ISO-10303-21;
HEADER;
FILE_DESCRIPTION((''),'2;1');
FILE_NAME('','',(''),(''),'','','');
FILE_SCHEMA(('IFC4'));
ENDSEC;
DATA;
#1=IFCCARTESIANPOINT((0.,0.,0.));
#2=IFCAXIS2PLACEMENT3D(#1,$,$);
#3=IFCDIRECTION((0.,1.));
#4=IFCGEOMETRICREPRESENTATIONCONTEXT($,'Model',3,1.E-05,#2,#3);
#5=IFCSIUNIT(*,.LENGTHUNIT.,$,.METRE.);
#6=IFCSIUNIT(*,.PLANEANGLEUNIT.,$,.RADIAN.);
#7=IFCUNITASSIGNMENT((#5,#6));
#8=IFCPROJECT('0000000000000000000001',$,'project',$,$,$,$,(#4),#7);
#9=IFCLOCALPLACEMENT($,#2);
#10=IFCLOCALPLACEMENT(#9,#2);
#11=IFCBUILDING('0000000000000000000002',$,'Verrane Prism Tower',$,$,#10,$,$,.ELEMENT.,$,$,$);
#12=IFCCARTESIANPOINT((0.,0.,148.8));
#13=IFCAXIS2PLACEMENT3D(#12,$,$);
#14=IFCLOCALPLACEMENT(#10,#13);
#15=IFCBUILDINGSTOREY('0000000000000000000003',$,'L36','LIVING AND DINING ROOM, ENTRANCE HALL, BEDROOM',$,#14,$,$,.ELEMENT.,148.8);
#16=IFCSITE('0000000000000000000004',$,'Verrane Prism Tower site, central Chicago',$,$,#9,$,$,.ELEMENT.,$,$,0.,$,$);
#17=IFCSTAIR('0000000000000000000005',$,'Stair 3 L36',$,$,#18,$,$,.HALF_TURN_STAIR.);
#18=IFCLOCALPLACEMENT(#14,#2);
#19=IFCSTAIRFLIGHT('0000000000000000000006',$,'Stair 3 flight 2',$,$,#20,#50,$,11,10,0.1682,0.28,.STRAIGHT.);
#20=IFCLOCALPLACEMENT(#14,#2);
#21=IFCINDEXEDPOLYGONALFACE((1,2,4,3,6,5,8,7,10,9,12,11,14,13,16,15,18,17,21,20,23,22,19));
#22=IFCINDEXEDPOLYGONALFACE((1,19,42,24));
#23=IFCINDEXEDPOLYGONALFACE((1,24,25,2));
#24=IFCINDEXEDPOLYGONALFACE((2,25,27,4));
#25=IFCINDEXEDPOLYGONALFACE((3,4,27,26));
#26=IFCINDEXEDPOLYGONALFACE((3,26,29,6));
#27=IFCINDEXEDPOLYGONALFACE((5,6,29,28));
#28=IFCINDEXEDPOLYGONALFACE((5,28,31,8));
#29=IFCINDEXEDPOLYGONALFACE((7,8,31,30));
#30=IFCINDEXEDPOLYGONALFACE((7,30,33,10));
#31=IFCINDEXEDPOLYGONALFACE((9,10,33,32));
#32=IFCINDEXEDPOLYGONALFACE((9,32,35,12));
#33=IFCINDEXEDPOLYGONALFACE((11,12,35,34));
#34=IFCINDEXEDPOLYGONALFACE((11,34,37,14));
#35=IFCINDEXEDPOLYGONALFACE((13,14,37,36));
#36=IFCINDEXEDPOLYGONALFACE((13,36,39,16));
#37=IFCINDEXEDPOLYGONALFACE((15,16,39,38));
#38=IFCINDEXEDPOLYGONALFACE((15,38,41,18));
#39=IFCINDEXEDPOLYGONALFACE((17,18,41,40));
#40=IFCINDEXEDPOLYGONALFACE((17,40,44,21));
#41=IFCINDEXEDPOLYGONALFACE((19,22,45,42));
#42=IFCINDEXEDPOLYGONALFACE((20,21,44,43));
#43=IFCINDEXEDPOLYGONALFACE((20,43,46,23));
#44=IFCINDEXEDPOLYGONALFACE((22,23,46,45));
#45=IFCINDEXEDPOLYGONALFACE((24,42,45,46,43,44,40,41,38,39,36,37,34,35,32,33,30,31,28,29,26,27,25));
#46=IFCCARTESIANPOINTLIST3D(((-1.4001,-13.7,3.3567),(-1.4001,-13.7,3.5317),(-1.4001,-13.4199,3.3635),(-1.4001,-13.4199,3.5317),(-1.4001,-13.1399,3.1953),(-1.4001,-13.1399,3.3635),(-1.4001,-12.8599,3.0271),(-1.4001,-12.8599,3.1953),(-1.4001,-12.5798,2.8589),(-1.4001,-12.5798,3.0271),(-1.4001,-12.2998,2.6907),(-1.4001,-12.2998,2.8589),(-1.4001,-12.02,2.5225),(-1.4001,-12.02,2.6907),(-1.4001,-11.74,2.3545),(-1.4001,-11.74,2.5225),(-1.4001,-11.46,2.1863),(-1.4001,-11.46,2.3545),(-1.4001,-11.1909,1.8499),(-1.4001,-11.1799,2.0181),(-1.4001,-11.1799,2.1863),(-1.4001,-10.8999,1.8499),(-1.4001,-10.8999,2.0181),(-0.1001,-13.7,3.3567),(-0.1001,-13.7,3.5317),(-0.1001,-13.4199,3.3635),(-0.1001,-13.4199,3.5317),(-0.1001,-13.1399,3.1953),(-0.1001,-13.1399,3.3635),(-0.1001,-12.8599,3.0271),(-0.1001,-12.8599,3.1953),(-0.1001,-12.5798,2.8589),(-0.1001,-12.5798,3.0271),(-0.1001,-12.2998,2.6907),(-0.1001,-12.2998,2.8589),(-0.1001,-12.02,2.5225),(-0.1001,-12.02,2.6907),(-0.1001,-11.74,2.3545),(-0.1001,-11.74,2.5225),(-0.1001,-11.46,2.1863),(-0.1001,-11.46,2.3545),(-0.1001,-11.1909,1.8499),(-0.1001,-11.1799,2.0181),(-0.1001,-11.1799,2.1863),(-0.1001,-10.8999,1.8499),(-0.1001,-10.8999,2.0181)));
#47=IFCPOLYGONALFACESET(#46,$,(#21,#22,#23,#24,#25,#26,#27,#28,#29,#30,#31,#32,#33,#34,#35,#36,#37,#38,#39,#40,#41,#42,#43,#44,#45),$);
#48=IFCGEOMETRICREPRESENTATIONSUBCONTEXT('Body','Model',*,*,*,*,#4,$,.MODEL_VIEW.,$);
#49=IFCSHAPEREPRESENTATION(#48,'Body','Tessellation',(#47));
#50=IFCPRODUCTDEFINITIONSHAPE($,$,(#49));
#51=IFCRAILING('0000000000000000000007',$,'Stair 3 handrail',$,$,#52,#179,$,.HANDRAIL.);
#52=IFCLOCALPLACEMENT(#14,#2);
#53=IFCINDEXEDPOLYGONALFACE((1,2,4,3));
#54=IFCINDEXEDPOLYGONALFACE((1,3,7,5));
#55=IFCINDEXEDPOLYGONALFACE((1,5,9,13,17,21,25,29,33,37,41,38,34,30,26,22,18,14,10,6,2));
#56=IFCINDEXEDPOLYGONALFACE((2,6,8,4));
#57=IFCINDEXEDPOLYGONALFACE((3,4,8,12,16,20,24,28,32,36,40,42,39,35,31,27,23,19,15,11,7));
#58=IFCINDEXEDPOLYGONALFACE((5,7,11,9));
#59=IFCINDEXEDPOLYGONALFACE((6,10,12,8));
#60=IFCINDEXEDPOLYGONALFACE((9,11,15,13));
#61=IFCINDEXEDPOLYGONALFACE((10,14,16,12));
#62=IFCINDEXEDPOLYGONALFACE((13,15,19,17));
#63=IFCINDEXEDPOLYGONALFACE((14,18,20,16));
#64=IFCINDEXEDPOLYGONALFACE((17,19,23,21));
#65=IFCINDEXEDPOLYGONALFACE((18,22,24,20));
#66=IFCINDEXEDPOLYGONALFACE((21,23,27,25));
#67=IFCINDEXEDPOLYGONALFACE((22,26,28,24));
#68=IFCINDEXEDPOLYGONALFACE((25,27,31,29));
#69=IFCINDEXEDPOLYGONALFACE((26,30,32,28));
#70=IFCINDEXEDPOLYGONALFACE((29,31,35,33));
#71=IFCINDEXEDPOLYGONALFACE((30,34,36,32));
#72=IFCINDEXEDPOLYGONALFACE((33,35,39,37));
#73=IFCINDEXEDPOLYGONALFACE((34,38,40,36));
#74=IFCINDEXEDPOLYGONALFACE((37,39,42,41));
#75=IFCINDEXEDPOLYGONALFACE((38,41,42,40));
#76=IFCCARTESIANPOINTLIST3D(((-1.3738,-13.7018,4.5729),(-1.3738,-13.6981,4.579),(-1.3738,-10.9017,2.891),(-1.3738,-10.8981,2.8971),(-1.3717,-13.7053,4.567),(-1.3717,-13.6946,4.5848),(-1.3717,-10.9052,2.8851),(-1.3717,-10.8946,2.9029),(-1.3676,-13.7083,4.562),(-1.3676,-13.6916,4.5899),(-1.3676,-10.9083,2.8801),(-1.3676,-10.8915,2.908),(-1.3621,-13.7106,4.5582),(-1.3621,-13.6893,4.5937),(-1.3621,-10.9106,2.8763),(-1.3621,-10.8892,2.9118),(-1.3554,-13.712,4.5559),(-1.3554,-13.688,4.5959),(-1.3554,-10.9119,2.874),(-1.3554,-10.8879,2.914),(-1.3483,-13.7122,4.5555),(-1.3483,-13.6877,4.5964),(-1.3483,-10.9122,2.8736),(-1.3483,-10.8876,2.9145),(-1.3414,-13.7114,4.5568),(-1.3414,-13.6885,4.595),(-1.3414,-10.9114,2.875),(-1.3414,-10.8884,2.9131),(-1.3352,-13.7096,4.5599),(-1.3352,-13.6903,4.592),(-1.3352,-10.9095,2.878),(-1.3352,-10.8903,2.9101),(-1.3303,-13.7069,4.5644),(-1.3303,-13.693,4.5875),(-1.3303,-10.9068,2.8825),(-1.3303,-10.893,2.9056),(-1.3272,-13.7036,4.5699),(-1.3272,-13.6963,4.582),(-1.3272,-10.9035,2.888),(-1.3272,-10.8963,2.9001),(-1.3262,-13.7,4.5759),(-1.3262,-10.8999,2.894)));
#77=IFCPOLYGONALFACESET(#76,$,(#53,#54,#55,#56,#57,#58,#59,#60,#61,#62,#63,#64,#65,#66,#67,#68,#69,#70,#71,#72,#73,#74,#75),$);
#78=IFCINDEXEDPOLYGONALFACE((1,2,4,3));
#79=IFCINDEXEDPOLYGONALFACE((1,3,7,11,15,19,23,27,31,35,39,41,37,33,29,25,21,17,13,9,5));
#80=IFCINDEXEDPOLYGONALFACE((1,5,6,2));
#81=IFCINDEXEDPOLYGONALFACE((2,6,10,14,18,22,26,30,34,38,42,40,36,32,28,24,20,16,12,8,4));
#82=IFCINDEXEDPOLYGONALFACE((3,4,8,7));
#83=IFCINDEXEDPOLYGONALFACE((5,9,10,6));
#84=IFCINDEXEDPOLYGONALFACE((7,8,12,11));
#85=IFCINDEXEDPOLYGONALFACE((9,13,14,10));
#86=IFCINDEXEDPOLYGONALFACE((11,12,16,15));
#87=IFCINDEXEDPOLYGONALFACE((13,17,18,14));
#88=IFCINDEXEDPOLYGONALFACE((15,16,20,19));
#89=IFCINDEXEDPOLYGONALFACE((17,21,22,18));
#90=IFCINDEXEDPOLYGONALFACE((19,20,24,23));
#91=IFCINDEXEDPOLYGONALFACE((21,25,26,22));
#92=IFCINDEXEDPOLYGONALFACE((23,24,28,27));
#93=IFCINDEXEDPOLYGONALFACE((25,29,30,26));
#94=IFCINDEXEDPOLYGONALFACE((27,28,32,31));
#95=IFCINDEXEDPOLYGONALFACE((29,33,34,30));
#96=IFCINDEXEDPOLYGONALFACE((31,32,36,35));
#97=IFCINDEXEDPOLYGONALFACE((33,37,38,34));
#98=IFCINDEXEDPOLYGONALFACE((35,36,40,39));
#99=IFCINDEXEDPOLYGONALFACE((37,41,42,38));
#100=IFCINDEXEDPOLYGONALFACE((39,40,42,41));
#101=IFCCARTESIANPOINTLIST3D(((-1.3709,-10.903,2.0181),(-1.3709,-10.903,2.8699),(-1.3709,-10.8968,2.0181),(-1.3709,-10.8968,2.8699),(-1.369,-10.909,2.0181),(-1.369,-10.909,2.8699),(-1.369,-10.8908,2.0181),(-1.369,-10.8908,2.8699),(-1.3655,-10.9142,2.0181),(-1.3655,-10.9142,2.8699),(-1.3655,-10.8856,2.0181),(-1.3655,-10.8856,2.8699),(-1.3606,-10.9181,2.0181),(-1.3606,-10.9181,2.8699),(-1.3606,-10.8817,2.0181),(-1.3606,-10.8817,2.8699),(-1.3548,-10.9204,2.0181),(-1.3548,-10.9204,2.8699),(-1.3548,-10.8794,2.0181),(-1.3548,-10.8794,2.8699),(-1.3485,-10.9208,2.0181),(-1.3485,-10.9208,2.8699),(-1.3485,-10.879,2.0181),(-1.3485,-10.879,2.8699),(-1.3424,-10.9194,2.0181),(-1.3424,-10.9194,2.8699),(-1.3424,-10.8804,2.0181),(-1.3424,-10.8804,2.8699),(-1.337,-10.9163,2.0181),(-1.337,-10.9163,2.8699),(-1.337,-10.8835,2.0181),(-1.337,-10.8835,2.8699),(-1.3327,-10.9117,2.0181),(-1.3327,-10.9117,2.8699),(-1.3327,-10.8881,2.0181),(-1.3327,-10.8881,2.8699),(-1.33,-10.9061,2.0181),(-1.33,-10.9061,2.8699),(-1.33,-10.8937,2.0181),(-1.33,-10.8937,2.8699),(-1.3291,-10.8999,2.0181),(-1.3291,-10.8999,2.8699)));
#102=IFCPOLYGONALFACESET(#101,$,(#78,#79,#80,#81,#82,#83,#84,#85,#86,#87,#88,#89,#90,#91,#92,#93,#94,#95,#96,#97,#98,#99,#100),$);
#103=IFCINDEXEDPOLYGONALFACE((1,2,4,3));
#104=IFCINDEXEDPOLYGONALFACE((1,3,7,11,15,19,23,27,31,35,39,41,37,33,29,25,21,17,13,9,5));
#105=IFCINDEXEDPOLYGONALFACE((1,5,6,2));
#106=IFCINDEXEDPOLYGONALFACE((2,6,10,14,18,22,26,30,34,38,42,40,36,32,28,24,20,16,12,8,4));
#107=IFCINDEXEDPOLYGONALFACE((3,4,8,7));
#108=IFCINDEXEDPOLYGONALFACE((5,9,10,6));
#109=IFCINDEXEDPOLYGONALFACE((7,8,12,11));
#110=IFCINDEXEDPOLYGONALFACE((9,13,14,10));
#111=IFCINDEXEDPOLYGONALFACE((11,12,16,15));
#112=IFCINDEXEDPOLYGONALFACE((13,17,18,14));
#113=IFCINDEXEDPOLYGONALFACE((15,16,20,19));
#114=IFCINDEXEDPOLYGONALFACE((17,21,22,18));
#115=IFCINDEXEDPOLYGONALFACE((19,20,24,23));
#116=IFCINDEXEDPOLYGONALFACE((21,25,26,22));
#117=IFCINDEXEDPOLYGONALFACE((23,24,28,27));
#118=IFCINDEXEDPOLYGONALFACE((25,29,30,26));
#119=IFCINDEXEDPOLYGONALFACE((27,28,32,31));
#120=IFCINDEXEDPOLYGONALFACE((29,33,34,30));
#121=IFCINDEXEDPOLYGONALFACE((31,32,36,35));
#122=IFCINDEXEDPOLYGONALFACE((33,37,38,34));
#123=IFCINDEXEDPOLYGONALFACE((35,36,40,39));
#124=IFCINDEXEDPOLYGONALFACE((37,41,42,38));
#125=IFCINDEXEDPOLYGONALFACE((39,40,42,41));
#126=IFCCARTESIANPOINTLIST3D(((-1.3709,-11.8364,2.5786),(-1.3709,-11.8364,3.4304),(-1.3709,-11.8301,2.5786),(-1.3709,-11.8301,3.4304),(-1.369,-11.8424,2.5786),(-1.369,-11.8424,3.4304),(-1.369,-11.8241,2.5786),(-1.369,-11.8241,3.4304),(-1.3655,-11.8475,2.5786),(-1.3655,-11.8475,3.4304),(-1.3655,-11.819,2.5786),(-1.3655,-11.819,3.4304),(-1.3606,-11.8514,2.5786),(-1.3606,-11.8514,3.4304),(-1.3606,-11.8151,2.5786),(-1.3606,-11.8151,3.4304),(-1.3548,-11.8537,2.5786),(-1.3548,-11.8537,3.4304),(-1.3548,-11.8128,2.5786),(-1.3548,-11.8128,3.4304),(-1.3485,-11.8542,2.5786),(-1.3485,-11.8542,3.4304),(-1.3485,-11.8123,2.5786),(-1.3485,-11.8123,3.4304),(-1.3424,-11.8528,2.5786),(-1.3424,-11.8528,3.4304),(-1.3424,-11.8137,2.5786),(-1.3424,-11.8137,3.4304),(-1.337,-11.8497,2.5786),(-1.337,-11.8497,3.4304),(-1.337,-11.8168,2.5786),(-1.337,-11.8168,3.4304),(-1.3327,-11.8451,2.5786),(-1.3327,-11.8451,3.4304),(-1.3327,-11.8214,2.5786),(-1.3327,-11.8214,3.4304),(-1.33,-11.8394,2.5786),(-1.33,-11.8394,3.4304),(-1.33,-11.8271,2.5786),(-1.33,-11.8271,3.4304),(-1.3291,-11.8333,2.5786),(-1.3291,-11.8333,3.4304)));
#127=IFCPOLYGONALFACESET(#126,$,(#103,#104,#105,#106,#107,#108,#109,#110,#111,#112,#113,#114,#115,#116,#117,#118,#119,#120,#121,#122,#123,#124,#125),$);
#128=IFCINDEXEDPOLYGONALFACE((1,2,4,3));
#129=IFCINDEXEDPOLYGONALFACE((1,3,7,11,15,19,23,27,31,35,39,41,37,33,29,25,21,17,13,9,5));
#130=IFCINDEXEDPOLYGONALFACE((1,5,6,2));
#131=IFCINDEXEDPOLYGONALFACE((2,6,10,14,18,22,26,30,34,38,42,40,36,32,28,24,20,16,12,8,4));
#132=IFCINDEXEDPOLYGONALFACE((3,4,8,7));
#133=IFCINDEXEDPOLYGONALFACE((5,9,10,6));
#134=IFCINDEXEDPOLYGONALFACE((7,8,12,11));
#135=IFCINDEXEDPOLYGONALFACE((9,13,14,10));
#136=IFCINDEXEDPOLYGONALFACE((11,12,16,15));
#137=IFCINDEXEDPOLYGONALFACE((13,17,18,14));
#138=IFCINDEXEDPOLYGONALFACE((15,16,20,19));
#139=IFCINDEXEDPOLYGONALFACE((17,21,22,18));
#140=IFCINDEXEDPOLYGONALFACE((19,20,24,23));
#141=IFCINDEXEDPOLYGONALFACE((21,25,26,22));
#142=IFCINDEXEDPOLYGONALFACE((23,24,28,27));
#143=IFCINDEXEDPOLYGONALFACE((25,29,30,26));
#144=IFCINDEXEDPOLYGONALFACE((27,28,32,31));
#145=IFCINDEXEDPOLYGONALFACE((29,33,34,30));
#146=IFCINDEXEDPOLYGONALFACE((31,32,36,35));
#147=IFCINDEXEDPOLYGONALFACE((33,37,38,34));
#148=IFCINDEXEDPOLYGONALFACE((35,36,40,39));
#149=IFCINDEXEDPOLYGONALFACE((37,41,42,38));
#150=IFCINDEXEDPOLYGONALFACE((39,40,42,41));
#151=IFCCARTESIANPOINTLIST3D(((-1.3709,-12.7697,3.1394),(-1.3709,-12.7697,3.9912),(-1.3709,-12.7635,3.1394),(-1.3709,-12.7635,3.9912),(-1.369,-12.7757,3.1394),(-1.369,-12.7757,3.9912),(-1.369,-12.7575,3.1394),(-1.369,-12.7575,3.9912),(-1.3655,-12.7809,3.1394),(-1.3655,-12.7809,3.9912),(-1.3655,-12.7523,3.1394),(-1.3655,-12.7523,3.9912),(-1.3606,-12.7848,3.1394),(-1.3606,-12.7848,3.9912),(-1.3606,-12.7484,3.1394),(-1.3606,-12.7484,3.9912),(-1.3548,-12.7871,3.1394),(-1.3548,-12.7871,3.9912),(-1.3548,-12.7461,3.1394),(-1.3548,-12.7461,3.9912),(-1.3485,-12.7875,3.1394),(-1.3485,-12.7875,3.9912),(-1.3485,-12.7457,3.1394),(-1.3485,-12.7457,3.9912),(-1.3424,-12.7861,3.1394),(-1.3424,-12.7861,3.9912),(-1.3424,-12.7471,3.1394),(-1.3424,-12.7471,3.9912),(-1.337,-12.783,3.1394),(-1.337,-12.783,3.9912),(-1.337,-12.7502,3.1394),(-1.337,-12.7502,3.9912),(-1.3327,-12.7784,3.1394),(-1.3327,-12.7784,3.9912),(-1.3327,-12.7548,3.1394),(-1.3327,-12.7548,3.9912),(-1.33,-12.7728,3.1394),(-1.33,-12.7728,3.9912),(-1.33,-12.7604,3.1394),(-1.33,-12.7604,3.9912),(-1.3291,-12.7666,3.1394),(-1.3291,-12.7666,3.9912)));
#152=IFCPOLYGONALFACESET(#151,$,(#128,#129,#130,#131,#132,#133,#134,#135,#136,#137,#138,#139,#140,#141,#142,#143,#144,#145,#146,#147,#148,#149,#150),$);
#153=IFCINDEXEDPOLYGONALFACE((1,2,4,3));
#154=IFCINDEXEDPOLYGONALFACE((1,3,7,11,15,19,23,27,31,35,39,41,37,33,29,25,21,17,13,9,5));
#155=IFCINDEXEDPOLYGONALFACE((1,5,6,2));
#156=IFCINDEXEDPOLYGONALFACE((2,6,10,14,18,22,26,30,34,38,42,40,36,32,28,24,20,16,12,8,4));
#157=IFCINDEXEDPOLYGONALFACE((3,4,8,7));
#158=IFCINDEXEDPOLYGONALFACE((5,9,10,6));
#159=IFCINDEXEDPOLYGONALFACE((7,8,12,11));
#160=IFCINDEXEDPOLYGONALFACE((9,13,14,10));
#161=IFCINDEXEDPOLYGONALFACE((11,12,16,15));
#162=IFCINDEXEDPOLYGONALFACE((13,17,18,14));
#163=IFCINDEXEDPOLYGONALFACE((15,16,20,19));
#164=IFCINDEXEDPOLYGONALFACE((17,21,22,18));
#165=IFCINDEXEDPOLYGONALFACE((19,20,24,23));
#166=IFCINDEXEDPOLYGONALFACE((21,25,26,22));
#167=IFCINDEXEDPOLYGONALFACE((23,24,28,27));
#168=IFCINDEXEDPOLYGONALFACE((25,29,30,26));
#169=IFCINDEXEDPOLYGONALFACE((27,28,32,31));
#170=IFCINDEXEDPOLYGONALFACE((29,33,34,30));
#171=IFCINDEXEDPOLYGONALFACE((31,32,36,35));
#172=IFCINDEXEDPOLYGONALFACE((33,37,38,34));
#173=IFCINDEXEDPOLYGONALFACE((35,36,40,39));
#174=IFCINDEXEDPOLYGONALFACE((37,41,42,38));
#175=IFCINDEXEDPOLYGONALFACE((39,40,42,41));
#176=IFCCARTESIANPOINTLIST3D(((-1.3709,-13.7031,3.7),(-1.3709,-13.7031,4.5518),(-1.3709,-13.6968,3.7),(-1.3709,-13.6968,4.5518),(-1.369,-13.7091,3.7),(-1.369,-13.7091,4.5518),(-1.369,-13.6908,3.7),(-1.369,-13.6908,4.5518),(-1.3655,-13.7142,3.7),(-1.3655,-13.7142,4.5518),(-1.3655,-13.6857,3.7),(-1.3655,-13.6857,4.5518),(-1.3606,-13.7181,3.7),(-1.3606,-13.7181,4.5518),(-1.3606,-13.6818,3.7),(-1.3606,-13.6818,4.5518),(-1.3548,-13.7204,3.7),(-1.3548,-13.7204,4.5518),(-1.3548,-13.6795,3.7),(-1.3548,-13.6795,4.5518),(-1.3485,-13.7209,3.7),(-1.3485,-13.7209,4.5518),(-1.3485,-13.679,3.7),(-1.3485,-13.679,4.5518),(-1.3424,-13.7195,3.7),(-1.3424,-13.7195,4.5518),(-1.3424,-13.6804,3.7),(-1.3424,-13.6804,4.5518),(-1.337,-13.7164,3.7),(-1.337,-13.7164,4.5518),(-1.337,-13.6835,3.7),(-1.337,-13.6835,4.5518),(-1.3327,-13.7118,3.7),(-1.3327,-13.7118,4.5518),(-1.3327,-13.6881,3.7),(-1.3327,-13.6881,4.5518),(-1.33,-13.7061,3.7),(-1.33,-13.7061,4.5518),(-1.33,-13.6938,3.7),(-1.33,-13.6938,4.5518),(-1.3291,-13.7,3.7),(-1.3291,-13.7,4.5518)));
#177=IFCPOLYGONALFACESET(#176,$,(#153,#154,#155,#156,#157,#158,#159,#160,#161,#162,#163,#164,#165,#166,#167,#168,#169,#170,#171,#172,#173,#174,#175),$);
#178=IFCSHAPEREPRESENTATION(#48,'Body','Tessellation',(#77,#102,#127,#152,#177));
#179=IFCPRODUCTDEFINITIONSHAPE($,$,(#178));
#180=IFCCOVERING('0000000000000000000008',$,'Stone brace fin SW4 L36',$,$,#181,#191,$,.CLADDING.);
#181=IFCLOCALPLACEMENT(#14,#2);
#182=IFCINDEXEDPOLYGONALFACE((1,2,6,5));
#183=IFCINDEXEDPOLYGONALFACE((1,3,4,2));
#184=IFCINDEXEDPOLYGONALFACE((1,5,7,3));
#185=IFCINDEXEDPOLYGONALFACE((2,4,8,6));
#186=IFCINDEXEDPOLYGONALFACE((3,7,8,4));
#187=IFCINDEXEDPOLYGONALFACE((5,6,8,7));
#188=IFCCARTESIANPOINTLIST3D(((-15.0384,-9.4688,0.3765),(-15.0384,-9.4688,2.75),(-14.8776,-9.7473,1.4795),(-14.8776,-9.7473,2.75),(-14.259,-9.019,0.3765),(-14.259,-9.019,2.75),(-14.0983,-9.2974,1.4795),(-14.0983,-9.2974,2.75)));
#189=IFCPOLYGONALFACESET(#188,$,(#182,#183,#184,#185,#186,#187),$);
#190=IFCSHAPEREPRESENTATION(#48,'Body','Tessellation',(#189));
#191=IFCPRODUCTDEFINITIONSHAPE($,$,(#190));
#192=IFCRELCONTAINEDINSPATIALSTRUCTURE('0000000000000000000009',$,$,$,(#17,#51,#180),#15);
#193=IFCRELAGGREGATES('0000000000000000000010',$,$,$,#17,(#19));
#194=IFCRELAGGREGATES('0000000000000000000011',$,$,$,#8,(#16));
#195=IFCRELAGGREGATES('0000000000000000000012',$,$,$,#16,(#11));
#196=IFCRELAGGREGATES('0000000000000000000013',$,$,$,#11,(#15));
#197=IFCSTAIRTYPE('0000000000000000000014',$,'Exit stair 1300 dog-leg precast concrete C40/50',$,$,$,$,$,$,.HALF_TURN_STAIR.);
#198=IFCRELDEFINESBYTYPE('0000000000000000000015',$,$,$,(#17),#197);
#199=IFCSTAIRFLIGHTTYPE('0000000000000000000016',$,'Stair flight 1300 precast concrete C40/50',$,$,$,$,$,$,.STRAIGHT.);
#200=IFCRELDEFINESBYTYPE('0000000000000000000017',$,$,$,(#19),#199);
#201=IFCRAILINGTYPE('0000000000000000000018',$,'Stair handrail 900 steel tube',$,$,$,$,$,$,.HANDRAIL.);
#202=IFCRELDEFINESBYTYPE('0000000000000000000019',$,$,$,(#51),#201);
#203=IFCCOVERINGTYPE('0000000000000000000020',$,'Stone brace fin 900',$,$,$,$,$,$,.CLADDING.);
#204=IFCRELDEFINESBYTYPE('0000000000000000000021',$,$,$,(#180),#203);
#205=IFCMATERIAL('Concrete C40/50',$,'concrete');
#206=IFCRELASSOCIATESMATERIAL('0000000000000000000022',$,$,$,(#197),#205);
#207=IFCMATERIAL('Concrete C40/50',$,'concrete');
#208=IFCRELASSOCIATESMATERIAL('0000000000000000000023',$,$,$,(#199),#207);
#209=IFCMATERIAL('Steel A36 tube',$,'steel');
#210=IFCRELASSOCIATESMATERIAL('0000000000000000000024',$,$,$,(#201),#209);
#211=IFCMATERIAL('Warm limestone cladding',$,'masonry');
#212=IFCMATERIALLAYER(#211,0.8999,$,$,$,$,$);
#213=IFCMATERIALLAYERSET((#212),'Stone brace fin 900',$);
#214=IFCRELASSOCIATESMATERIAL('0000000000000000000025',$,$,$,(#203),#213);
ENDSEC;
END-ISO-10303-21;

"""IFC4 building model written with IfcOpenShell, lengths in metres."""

from ifc_helpers import new_model, si_unit, direction, frame, origin, origin_2d, place, context, subcontext, project, spatial, polyline, circle, outline, extrude, material, layer, layer_set, type_object, element, aggregate, save


model = new_model("IFC4")

# Units and contexts
model_context = context("Model", 3, precision=1e-05, world=origin(), true_north=direction((0.0, 1.0)))
body_context = subcontext(model_context, "Body", "Model", "MODEL_VIEW")
ifc_project = project(units=[si_unit("LENGTHUNIT", "METRE"), si_unit("PLANEANGLEUNIT", "RADIAN")], contexts=[model_context])

# Site, building, storey
site_placement = place(None, origin())
site = spatial("IfcSite", under=ifc_project, at=site_placement, Name="Verrane Prism Tower site, central Chicago", CompositionType="ELEMENT", RefElevation=0.0)
building_placement = place(site_placement, origin())
building = spatial("IfcBuilding", under=site, at=building_placement, Name="Verrane Prism Tower", CompositionType="ELEMENT")
storey_placement = place(building_placement, frame((0.0, 0.0, 148.8)))
storey = spatial("IfcBuildingStorey", under=building, at=storey_placement, Name="L36", Description="LIVING AND DINING ROOM, ENTRANCE HALL, BEDROOM", CompositionType="ELEMENT", Elevation=148.8)

# Stair, stair flight
ifc_material_1 = material(Name="Concrete C40/50", Category="concrete")
stair_type = type_object("IfcStairType", Name="Exit stair 1300 dog-leg precast concrete C40/50", PredefinedType="HALF_TURN_STAIR", material=ifc_material_1)
stair_placement = place(storey_placement, origin())
stair = element("IfcStair", 1, at=stair_placement, inside=storey, type_object=stair_type, Name="Stair 3 L36", PredefinedType="HALF_TURN_STAIR")
ifc_material_2 = material(Name="Concrete C40/50", Category="concrete")
stair_flight_type = type_object("IfcStairFlightType", Name="Stair flight 1300 precast concrete C40/50", PredefinedType="STRAIGHT", material=ifc_material_2)
stair_flight_placement = place(storey_placement, frame((-0.75, -10.8999, 1.8499), z_axis=(0.0, 0.0, 1.0), x_axis=(0.0, -1.0, 0.0)))
stair_flight = element("IfcStairFlight", 2, at=stair_flight_placement, type_object=stair_flight_type, Name="Stair 3 flight 2", NumberOfRisers=11, NumberOfTreads=10, PredefinedType="STRAIGHT", RiserHeight=0.1682, TreadLength=0.28, context=body_context, shape_type="SweptSolid", body=[
    extrude(outline(polyline([(0.0, 0.0), (0.0, 0.1682), (0.28, 0.1682), (0.28, 0.3364), (0.5601, 0.3364), (0.5601, 0.5046), (0.8401, 0.5046), (0.8401, 0.6726), (1.1201, 0.6726), (1.1201, 0.8408), (1.3999, 0.8408), (1.3999, 1.009), (1.6799, 1.009), (1.6799, 1.1772), (1.96, 1.1772), (1.96, 1.3455), (2.24, 1.3455), (2.24, 1.5137), (2.52, 1.5137), (2.52, 1.6819), (2.8, 1.6819), (2.8, 1.8501), (2.8, 1.5068), (0.291, 0.0), (0.0, 0.0)])), frame((0.0, 0.6499, 0.0), z_axis=(0.0, -1.0, 0.0), x_axis=(1.0, 0.0, 0.0)), (0.0, 0.0, 1.0), 1.3),
])
aggregate(stair, [stair_flight])

# Railing
ifc_material_3 = material(Name="Steel A36 tube", Category="steel")
railing_type = type_object("IfcRailingType", Name="Stair handrail 900 steel tube", PredefinedType="HANDRAIL", material=ifc_material_3)
railing_placement = place(storey_placement, frame((-1.3501, -10.8999, 2.0181)))
element("IfcRailing", 3, at=railing_placement, inside=storey, type_object=railing_type, Name="Stair 3 handrail", PredefinedType="HANDRAIL", context=body_context, shape_type="SweptSolid", body=[
    extrude(circle(Radius=0.0239, at=origin_2d()), frame((0.0, 0.0, 0.876), z_axis=(0.0, -0.857242, 0.514913), x_axis=(1.0, 0.0, 0.0)), (0.0, 0.0, 1.0), 3.2664),
    extrude(circle(Radius=0.021, at=origin_2d()), origin(), (0.0, 0.0, 1.0), 0.8518),
    extrude(circle(Radius=0.021, at=origin_2d()), frame((0.0, -0.9333, 0.5605)), (0.0, 0.0, 1.0), 0.8518),
    extrude(circle(Radius=0.021, at=origin_2d()), frame((0.0, -1.8667, 1.1213)), (0.0, 0.0, 1.0), 0.8518),
    extrude(circle(Radius=0.021, at=origin_2d()), frame((0.0, -2.8, 1.6819)), (0.0, 0.0, 1.0), 0.8518),
])

# Covering
ifc_material_4 = material(Name="Warm limestone cladding", Category="masonry")
ifc_layer_1 = layer(ifc_material_4, 0.8999)
ifc_layer_set_1 = layer_set([ifc_layer_1], Name="Stone brace fin 900")
covering_type = type_object("IfcCoveringType", Name="Stone brace fin 900", PredefinedType="CLADDING", material=ifc_layer_set_1)
covering_placement = place(storey_placement, frame((-14.6487, -9.2439, 0.3765), z_axis=(0.0, 0.0, 1.0), x_axis=(0.499898, -0.866084, 0.0)))
element("IfcCovering", 4, at=covering_placement, inside=storey, type_object=covering_type, Name="Stone brace fin SW4 L36", PredefinedType="CLADDING", context=body_context, shape_type="SweptSolid", body=[
    extrude(outline(polyline([(0.3215, 2.3735), (0.0, 2.3735), (0.0, 0.0), (0.3215, 1.103), (0.3215, 2.3735)])), frame((0.0, 0.45, 0.0), z_axis=(0.0, -1.0, 0.0), x_axis=(1.0, 0.0, 0.0)), (0.0, 0.0, 1.0), 0.8999),
])

save(model, "model.ifc")
